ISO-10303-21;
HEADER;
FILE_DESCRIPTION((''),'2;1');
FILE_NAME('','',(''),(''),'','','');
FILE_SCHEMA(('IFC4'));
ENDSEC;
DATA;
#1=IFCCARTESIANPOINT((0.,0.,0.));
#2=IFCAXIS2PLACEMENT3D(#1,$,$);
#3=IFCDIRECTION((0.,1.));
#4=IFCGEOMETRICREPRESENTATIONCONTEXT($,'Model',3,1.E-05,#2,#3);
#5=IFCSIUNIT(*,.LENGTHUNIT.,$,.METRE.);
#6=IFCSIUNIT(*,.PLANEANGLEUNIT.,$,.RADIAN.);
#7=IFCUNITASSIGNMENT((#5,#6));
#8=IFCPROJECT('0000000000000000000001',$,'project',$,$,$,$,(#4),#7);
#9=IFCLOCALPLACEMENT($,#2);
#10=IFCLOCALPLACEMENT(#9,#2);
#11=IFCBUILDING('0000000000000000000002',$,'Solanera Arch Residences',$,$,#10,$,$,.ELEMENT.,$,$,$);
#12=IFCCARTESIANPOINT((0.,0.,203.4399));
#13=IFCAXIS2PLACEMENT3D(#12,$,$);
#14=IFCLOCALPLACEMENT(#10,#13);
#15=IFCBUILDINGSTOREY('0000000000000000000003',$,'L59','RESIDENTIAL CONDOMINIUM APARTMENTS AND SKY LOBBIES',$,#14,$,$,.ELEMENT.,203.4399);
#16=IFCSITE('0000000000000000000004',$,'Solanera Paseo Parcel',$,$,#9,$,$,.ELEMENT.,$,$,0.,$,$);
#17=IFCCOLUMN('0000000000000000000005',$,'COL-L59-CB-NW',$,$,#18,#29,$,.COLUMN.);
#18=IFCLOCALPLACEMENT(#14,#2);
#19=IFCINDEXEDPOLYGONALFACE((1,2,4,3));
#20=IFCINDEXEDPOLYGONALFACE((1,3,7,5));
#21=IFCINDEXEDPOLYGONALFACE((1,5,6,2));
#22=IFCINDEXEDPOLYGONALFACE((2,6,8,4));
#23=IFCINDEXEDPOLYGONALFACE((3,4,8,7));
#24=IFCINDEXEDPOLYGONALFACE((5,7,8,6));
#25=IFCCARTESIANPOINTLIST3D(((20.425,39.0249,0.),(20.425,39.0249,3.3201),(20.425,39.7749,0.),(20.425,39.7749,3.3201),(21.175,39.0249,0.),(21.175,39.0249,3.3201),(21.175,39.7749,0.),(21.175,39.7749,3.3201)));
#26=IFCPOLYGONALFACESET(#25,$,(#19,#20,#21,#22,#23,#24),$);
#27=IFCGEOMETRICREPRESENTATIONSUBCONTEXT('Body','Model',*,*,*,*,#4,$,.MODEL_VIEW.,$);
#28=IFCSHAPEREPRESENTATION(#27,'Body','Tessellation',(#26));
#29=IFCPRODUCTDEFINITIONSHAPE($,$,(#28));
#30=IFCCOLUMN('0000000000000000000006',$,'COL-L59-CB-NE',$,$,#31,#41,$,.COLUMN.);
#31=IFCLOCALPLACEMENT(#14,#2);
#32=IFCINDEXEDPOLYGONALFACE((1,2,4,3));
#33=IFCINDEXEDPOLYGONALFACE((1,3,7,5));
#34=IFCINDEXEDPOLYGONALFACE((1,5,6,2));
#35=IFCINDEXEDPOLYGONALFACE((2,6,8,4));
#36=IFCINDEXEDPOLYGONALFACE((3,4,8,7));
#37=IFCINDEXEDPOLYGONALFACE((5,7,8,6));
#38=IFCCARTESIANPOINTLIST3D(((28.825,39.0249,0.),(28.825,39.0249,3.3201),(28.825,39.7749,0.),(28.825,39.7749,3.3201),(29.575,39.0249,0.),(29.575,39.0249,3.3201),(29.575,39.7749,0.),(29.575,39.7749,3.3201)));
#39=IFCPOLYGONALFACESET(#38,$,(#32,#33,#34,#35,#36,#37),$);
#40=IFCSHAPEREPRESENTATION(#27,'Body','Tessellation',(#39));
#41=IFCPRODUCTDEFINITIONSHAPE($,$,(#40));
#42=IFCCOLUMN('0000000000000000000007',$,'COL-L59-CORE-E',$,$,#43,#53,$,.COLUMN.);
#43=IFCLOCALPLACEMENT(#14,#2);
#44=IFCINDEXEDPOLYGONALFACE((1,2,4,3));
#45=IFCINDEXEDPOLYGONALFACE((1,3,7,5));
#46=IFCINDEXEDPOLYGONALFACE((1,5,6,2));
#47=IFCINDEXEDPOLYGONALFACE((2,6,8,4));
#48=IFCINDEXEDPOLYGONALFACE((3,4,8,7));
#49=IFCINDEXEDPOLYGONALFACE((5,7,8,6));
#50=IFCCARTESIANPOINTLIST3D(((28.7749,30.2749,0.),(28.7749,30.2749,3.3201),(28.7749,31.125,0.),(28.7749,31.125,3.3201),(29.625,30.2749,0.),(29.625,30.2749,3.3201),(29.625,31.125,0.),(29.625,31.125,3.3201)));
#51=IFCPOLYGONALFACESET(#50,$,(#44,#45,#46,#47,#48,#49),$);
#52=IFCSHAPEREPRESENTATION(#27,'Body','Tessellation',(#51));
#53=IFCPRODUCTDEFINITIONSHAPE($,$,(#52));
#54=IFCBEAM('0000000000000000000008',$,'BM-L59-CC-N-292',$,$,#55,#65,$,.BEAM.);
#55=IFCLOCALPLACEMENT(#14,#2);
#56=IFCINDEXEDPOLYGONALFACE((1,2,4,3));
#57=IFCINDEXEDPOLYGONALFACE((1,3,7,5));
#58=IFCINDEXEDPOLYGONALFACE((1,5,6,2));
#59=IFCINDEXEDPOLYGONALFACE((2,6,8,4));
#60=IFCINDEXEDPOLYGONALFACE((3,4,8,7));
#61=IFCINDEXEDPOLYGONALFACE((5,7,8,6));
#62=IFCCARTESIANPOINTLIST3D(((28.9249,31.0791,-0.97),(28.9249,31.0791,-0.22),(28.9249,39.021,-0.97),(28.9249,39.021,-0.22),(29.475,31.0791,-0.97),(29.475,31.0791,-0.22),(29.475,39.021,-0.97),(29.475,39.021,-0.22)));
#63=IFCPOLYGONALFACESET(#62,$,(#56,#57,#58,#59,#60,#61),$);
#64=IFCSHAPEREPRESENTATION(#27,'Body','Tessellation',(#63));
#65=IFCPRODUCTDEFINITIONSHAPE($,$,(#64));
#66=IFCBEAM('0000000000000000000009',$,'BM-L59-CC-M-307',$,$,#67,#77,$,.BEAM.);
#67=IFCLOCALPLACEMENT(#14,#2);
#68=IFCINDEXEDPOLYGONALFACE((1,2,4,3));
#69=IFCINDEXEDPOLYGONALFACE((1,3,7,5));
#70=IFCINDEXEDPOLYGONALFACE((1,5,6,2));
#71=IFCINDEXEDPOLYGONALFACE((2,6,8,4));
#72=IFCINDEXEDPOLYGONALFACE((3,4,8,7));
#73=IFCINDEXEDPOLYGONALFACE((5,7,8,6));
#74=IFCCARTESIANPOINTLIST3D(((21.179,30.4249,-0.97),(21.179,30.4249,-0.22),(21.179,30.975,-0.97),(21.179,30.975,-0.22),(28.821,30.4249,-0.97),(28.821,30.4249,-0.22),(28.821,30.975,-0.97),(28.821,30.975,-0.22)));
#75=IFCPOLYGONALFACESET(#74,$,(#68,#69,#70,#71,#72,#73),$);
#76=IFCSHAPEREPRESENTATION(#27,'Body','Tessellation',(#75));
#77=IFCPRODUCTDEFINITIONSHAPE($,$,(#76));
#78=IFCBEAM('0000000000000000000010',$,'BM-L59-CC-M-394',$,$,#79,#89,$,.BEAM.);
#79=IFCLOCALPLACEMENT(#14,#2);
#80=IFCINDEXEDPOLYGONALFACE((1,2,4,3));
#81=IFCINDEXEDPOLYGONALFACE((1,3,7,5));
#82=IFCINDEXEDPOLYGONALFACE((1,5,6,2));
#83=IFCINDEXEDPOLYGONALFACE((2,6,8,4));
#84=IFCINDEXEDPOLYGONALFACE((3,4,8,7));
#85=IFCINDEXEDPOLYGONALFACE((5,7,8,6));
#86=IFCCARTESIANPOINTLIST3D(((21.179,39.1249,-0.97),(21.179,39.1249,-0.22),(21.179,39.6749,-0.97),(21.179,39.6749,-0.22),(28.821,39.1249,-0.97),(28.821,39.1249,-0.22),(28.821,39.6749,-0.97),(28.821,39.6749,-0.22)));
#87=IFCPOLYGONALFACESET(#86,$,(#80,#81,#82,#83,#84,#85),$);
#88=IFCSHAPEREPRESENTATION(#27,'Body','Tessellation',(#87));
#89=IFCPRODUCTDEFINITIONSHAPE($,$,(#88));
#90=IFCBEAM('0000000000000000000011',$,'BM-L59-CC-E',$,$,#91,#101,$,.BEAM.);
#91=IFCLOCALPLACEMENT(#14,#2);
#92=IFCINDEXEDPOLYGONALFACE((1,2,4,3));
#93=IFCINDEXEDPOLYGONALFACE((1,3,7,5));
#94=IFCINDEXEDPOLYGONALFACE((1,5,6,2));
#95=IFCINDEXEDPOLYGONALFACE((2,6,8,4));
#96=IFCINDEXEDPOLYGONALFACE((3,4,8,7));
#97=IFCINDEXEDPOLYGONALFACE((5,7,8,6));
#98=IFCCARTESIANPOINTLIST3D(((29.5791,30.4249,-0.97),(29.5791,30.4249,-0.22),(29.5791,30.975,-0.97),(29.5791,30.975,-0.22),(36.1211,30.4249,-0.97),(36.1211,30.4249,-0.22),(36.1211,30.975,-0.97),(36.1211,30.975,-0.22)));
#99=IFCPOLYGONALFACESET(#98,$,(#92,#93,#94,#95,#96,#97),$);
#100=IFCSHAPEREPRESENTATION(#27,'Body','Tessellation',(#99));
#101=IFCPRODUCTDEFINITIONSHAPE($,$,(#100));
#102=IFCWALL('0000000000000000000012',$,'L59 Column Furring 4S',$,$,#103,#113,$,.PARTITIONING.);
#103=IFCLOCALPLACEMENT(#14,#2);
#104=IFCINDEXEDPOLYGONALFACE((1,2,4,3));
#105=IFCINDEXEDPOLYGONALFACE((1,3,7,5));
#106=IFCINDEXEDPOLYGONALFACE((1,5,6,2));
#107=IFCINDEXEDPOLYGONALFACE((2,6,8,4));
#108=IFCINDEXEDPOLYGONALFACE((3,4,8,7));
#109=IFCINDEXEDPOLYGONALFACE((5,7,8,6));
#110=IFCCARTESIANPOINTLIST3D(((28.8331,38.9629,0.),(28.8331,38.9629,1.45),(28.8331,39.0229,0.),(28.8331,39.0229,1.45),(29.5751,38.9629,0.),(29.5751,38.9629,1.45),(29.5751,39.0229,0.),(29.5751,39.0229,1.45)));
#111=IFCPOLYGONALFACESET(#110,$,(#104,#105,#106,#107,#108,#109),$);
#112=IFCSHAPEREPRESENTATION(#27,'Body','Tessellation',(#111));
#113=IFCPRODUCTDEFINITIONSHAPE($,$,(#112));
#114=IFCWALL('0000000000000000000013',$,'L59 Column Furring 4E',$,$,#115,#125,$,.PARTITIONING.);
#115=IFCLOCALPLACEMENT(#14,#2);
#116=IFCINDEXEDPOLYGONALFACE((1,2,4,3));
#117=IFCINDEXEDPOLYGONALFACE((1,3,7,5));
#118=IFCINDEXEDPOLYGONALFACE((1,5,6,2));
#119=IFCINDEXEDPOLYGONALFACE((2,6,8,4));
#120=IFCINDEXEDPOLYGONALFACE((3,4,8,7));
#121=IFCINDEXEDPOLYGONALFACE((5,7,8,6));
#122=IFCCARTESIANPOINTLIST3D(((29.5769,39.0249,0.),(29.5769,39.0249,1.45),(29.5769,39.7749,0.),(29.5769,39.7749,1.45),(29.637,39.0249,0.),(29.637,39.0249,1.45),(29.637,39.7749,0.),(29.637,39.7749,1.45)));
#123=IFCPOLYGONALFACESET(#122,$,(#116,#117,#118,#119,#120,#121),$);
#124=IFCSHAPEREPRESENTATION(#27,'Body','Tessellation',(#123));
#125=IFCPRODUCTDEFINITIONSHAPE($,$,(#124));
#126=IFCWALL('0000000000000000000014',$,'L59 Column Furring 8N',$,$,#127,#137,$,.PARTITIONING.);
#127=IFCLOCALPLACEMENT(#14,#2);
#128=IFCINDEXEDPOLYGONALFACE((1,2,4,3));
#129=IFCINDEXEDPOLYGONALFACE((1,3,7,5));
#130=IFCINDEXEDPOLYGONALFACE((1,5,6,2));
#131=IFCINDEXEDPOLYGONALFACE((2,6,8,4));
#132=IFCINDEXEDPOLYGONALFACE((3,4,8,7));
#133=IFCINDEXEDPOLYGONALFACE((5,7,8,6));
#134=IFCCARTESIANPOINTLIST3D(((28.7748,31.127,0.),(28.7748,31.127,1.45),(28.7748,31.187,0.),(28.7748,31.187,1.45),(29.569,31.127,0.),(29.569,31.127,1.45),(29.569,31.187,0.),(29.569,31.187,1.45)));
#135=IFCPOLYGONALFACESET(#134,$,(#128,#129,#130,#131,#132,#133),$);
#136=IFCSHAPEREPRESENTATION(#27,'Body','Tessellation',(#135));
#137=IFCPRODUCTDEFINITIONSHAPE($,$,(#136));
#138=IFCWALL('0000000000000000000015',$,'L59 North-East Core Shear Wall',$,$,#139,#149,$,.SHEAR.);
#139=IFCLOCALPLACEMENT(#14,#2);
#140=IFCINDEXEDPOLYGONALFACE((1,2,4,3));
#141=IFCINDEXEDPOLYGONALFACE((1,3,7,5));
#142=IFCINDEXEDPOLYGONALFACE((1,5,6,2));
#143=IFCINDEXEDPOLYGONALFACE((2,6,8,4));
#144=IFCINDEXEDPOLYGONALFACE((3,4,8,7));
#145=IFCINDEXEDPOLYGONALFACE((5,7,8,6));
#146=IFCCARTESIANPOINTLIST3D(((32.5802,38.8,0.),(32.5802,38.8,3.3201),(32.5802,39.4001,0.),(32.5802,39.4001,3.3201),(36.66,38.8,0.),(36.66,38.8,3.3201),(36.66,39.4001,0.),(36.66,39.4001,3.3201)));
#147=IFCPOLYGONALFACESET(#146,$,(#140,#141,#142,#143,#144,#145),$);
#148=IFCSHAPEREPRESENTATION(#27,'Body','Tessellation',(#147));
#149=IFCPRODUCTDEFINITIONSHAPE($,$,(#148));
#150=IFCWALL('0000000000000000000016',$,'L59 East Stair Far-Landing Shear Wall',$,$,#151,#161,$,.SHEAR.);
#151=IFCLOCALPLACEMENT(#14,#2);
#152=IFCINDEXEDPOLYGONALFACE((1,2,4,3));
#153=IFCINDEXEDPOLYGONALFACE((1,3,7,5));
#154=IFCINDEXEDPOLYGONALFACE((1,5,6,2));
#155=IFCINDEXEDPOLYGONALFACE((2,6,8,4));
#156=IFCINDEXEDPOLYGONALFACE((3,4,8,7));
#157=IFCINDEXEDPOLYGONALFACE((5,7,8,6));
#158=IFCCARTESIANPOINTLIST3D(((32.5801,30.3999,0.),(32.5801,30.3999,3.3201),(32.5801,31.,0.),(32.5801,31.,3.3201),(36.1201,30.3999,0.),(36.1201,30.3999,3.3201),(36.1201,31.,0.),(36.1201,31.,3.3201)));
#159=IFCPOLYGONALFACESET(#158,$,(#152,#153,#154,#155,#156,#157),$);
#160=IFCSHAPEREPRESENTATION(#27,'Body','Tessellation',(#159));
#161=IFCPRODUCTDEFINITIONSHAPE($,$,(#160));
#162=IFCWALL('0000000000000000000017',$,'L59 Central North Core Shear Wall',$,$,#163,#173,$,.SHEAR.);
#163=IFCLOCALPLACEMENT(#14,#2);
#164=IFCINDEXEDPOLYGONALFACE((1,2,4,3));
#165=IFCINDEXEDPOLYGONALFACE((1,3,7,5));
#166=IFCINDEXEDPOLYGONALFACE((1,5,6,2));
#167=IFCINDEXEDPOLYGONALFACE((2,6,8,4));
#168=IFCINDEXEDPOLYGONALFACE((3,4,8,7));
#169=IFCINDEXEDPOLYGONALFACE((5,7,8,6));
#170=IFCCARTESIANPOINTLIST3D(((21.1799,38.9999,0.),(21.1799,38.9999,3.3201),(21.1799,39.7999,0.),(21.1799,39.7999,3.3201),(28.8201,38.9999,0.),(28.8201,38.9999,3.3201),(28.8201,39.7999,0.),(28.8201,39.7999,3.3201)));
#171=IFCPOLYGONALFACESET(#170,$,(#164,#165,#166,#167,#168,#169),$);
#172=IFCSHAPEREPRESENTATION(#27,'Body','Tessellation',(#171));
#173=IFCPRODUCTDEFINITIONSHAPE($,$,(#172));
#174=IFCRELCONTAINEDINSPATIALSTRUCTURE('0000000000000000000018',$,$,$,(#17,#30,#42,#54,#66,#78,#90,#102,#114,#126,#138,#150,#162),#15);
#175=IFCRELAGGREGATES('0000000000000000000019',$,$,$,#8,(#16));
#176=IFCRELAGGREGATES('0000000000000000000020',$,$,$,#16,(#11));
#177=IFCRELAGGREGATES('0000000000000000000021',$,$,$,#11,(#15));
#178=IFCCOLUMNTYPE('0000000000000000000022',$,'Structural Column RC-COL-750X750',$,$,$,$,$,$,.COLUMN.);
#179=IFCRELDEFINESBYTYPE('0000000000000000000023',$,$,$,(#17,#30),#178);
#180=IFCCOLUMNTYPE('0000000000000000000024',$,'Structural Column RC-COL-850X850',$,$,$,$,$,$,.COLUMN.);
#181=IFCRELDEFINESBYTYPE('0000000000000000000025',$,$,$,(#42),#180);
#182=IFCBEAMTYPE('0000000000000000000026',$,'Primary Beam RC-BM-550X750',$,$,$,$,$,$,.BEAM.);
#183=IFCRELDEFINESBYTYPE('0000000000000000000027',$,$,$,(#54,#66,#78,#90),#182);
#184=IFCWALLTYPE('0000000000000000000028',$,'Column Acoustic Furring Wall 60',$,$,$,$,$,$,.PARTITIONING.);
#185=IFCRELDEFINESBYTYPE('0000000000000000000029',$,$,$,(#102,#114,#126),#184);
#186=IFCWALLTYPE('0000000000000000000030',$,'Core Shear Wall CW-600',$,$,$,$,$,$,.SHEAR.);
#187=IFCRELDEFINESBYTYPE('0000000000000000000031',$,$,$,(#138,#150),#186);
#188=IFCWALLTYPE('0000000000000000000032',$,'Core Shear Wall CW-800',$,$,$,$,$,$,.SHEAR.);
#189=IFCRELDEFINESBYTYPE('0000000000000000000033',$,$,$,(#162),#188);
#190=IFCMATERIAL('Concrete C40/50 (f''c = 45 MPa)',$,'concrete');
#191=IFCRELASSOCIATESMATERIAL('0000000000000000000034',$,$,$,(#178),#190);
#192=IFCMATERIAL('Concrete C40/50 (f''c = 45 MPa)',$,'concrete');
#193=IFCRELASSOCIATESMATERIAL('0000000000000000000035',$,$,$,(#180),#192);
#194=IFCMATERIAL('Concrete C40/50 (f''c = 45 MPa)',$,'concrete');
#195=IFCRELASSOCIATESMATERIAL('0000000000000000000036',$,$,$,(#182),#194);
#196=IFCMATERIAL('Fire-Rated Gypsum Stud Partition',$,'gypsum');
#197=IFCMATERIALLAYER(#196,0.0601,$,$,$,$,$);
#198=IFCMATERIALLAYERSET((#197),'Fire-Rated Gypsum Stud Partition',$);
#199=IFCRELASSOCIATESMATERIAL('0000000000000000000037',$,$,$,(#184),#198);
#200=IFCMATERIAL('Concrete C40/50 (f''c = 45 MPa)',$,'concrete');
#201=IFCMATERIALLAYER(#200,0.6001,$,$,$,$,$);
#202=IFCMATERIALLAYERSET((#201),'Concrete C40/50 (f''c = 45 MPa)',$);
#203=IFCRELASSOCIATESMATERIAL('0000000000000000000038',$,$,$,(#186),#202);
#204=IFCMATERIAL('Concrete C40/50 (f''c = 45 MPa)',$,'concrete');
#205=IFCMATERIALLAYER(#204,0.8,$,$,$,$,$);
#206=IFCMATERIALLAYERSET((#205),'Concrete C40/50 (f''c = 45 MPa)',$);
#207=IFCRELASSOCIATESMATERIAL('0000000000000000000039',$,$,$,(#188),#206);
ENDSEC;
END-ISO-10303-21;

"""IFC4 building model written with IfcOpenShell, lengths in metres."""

from ifc_helpers import new_model, si_unit, direction, frame, frame_2d, origin, origin_2d, place, context, subcontext, project, spatial, rectangle, extrude, material, layer, layer_set, material_profile, profile_set, type_object, element, save


model = new_model("IFC4")

# Units and contexts
model_context = context("Model", 3, precision=1e-05, world=origin(), true_north=direction((0.0, 1.0)))
body_context = subcontext(model_context, "Body", "Model", "MODEL_VIEW")
ifc_project = project(units=[si_unit("LENGTHUNIT", "METRE"), si_unit("PLANEANGLEUNIT", "RADIAN")], contexts=[model_context])

# Site, building, storey
site_placement = place(None, origin())
site = spatial("IfcSite", under=ifc_project, at=site_placement, Name="Solanera Paseo Parcel", CompositionType="ELEMENT", RefElevation=0.0)
building_placement = place(site_placement, origin())
building = spatial("IfcBuilding", under=site, at=building_placement, Name="Solanera Arch Residences", CompositionType="ELEMENT")
storey_placement = place(building_placement, frame((0.0, 0.0, 203.4399)))
storey = spatial("IfcBuildingStorey", under=building, at=storey_placement, Name="L59", Description="RESIDENTIAL CONDOMINIUM APARTMENTS AND SKY LOBBIES", CompositionType="ELEMENT", Elevation=203.4399)

# Columns
ifc_material_1 = material(Name="Concrete C40/50 (f'c = 45 MPa)", Category="concrete")
ifc_material_profile_1 = material_profile(ifc_material_1, rectangle(XDim=0.75, YDim=0.75, at=origin_2d()))
ifc_profile_set_1 = profile_set([ifc_material_profile_1], Name="Concrete C40/50 (f'c = 45 MPa)")
column_type_1 = type_object("IfcColumnType", Name="Structural Column RC-COL-750X750", PredefinedType="COLUMN", material=ifc_profile_set_1)
for number, where, z_axis, x_axis, name in (
    (1, (20.8, 39.3999, 0.0), (0.0, 0.0, 1.0), (1.0, 0.0, 0.0), "COL-L59-CB-NW"),
    (2, (29.2, 39.3999, 0.0), (0.0, 0.0, 1.0), (1.0, 0.0, 0.0), "COL-L59-CB-NE"),
):
    element("IfcColumn", number, at=place(storey_placement, frame(where, z_axis=z_axis, x_axis=x_axis)), inside=storey, type_object=column_type_1, Name=name, PredefinedType="COLUMN", context=body_context, shape_type="SweptSolid", body=[
        extrude(rectangle(XDim=0.75, YDim=0.75, at=origin_2d()), origin(), (0.0, 0.0, 1.0), 3.3201),
    ])
ifc_material_2 = material(Name="Concrete C40/50 (f'c = 45 MPa)", Category="concrete")
ifc_material_profile_2 = material_profile(ifc_material_2, rectangle(XDim=0.8501, YDim=0.8501, at=origin_2d()))
ifc_profile_set_2 = profile_set([ifc_material_profile_2], Name="Concrete C40/50 (f'c = 45 MPa)")
column_type_2 = type_object("IfcColumnType", Name="Structural Column RC-COL-850X850", PredefinedType="COLUMN", material=ifc_profile_set_2)
column_placement = place(storey_placement, frame((29.2, 30.7, 0.0), z_axis=(0.0, 0.0, 1.0), x_axis=(1.0, 0.0, 0.0)))
element("IfcColumn", 3, at=column_placement, inside=storey, type_object=column_type_2, Name="COL-L59-CORE-E", PredefinedType="COLUMN", context=body_context, shape_type="SweptSolid", body=[
    extrude(rectangle(XDim=0.8501, YDim=0.8501, at=origin_2d()), origin(), (0.0, 0.0, 1.0), 3.3201),
])

# Beams
ifc_material_3 = material(Name="Concrete C40/50 (f'c = 45 MPa)", Category="concrete")
ifc_material_profile_3 = material_profile(ifc_material_3, rectangle(XDim=0.55, YDim=0.75, at=origin_2d()))
ifc_profile_set_3 = profile_set([ifc_material_profile_3], Name="Concrete C40/50 (f'c = 45 MPa)")
beam_type = type_object("IfcBeamType", Name="Primary Beam RC-BM-550X750", PredefinedType="BEAM", material=ifc_profile_set_3)
beam_1_placement = place(storey_placement, frame((29.2, 31.0791, -0.595), z_axis=(0.0, 1.0, 0.0), x_axis=(-1.0, 0.0, 0.0)))
element("IfcBeam", 4, at=beam_1_placement, inside=storey, type_object=beam_type, Name="BM-L59-CC-N-292", PredefinedType="BEAM", context=body_context, shape_type="SweptSolid", body=[
    extrude(rectangle(XDim=0.55, YDim=0.75, at=origin_2d()), origin(), (0.0, 0.0, 1.0), 7.9419),
])
for number, where, z_axis, x_axis, name in (
    (5, (21.179, 30.7, -0.595), (1.0, 0.0, 0.0), (0.0, 1.0, 0.0), "BM-L59-CC-M-307"),
    (6, (21.179, 39.3999, -0.595), (1.0, 0.0, 0.0), (0.0, 1.0, 0.0), "BM-L59-CC-M-394"),
):
    element("IfcBeam", number, at=place(storey_placement, frame(where, z_axis=z_axis, x_axis=x_axis)), inside=storey, type_object=beam_type, Name=name, PredefinedType="BEAM", context=body_context, shape_type="SweptSolid", body=[
        extrude(rectangle(XDim=0.55, YDim=0.75, at=origin_2d()), origin(), (0.0, 0.0, 1.0), 7.6421),
    ])
beam_2_placement = place(storey_placement, frame((29.5791, 30.7, -0.595), z_axis=(1.0, 0.0, 0.0), x_axis=(0.0, 1.0, 0.0)))
element("IfcBeam", 7, at=beam_2_placement, inside=storey, type_object=beam_type, Name="BM-L59-CC-E", PredefinedType="BEAM", context=body_context, shape_type="SweptSolid", body=[
    extrude(rectangle(XDim=0.55, YDim=0.75, at=origin_2d()), origin(), (0.0, 0.0, 1.0), 6.542),
])

# Walls
ifc_material_4 = material(Name="Fire-Rated Gypsum Stud Partition", Category="gypsum")
ifc_layer_1 = layer(ifc_material_4, 0.0601)
ifc_layer_set_1 = layer_set([ifc_layer_1], Name="Fire-Rated Gypsum Stud Partition")
wall_type_1 = type_object("IfcWallType", Name="Column Acoustic Furring Wall 60", PredefinedType="PARTITIONING", material=ifc_layer_set_1)
wall_1_placement = place(storey_placement, frame((28.833, 38.9929, 0.0), z_axis=(0.0, 0.0, 1.0), x_axis=(1.0, 0.0, 0.0)))
element("IfcWall", 8, at=wall_1_placement, inside=storey, type_object=wall_type_1, Name="L59 Column Furring 4S", PredefinedType="PARTITIONING", context=body_context, shape_type="SweptSolid", body=[
    extrude(rectangle(XDim=0.7419, YDim=0.0601, at=frame_2d((0.3711, 0.0))), origin(), (0.0, 0.0, 1.0), 1.45),
])
wall_2_placement = place(storey_placement, frame((29.6069, 39.0249, 0.0), z_axis=(0.0, 0.0, 1.0), x_axis=(0.0, 1.0, 0.0)))
element("IfcWall", 9, at=wall_2_placement, inside=storey, type_object=wall_type_1, Name="L59 Column Furring 4E", PredefinedType="PARTITIONING", context=body_context, shape_type="SweptSolid", body=[
    extrude(rectangle(XDim=0.75, YDim=0.0601, at=frame_2d((0.375, 0.0))), origin(), (0.0, 0.0, 1.0), 1.45),
])
wall_3_placement = place(storey_placement, frame((28.7749, 31.157, 0.0), z_axis=(0.0, 0.0, 1.0), x_axis=(1.0, 0.0, 0.0)))
element("IfcWall", 10, at=wall_3_placement, inside=storey, type_object=wall_type_1, Name="L59 Column Furring 8N", PredefinedType="PARTITIONING", context=body_context, shape_type="SweptSolid", body=[
    extrude(rectangle(XDim=0.7942, YDim=0.0601, at=frame_2d((0.397, 0.0))), origin(), (0.0, 0.0, 1.0), 1.45),
])

# Walls
ifc_material_5 = material(Name="Concrete C40/50 (f'c = 45 MPa)", Category="concrete")
ifc_layer_2 = layer(ifc_material_5, 0.6001)
ifc_layer_set_2 = layer_set([ifc_layer_2], Name="Concrete C40/50 (f'c = 45 MPa)")
wall_type_2 = type_object("IfcWallType", Name="Core Shear Wall CW-600", PredefinedType="SHEAR", material=ifc_layer_set_2)
wall_4_placement = place(storey_placement, frame((32.5801, 39.1001, 0.0), z_axis=(0.0, 0.0, 1.0), x_axis=(1.0, 0.0, 0.0)))
element("IfcWall", 11, at=wall_4_placement, inside=storey, type_object=wall_type_2, Name="L59 North-East Core Shear Wall", PredefinedType="SHEAR", context=body_context, shape_type="SweptSolid", body=[
    extrude(rectangle(XDim=4.0798, YDim=0.6001, at=frame_2d((2.04, 0.0))), origin(), (0.0, 0.0, 1.0), 3.3201),
])
wall_5_placement = place(storey_placement, frame((32.5801, 30.7, 0.0), z_axis=(0.0, 0.0, 1.0), x_axis=(1.0, 0.0, 0.0)))
element("IfcWall", 12, at=wall_5_placement, inside=storey, type_object=wall_type_2, Name="L59 East Stair Far-Landing Shear Wall", PredefinedType="SHEAR", context=body_context, shape_type="SweptSolid", body=[
    extrude(rectangle(XDim=3.54, YDim=0.6001, at=frame_2d((1.77, 0.0))), origin(), (0.0, 0.0, 1.0), 3.3201),
])
ifc_material_6 = material(Name="Concrete C40/50 (f'c = 45 MPa)", Category="concrete")
ifc_layer_3 = layer(ifc_material_6, 0.8)
ifc_layer_set_3 = layer_set([ifc_layer_3], Name="Concrete C40/50 (f'c = 45 MPa)")
wall_type_3 = type_object("IfcWallType", Name="Core Shear Wall CW-800", PredefinedType="SHEAR", material=ifc_layer_set_3)
wall_6_placement = place(storey_placement, frame((21.1799, 39.3999, 0.0), z_axis=(0.0, 0.0, 1.0), x_axis=(1.0, 0.0, 0.0)))
element("IfcWall", 13, at=wall_6_placement, inside=storey, type_object=wall_type_3, Name="L59 Central North Core Shear Wall", PredefinedType="SHEAR", context=body_context, shape_type="SweptSolid", body=[
    extrude(rectangle(XDim=7.6401, YDim=0.8, at=frame_2d((3.8201, 0.0))), origin(), (0.0, 0.0, 1.0), 3.3201),
])

save(model, "model.ifc")
